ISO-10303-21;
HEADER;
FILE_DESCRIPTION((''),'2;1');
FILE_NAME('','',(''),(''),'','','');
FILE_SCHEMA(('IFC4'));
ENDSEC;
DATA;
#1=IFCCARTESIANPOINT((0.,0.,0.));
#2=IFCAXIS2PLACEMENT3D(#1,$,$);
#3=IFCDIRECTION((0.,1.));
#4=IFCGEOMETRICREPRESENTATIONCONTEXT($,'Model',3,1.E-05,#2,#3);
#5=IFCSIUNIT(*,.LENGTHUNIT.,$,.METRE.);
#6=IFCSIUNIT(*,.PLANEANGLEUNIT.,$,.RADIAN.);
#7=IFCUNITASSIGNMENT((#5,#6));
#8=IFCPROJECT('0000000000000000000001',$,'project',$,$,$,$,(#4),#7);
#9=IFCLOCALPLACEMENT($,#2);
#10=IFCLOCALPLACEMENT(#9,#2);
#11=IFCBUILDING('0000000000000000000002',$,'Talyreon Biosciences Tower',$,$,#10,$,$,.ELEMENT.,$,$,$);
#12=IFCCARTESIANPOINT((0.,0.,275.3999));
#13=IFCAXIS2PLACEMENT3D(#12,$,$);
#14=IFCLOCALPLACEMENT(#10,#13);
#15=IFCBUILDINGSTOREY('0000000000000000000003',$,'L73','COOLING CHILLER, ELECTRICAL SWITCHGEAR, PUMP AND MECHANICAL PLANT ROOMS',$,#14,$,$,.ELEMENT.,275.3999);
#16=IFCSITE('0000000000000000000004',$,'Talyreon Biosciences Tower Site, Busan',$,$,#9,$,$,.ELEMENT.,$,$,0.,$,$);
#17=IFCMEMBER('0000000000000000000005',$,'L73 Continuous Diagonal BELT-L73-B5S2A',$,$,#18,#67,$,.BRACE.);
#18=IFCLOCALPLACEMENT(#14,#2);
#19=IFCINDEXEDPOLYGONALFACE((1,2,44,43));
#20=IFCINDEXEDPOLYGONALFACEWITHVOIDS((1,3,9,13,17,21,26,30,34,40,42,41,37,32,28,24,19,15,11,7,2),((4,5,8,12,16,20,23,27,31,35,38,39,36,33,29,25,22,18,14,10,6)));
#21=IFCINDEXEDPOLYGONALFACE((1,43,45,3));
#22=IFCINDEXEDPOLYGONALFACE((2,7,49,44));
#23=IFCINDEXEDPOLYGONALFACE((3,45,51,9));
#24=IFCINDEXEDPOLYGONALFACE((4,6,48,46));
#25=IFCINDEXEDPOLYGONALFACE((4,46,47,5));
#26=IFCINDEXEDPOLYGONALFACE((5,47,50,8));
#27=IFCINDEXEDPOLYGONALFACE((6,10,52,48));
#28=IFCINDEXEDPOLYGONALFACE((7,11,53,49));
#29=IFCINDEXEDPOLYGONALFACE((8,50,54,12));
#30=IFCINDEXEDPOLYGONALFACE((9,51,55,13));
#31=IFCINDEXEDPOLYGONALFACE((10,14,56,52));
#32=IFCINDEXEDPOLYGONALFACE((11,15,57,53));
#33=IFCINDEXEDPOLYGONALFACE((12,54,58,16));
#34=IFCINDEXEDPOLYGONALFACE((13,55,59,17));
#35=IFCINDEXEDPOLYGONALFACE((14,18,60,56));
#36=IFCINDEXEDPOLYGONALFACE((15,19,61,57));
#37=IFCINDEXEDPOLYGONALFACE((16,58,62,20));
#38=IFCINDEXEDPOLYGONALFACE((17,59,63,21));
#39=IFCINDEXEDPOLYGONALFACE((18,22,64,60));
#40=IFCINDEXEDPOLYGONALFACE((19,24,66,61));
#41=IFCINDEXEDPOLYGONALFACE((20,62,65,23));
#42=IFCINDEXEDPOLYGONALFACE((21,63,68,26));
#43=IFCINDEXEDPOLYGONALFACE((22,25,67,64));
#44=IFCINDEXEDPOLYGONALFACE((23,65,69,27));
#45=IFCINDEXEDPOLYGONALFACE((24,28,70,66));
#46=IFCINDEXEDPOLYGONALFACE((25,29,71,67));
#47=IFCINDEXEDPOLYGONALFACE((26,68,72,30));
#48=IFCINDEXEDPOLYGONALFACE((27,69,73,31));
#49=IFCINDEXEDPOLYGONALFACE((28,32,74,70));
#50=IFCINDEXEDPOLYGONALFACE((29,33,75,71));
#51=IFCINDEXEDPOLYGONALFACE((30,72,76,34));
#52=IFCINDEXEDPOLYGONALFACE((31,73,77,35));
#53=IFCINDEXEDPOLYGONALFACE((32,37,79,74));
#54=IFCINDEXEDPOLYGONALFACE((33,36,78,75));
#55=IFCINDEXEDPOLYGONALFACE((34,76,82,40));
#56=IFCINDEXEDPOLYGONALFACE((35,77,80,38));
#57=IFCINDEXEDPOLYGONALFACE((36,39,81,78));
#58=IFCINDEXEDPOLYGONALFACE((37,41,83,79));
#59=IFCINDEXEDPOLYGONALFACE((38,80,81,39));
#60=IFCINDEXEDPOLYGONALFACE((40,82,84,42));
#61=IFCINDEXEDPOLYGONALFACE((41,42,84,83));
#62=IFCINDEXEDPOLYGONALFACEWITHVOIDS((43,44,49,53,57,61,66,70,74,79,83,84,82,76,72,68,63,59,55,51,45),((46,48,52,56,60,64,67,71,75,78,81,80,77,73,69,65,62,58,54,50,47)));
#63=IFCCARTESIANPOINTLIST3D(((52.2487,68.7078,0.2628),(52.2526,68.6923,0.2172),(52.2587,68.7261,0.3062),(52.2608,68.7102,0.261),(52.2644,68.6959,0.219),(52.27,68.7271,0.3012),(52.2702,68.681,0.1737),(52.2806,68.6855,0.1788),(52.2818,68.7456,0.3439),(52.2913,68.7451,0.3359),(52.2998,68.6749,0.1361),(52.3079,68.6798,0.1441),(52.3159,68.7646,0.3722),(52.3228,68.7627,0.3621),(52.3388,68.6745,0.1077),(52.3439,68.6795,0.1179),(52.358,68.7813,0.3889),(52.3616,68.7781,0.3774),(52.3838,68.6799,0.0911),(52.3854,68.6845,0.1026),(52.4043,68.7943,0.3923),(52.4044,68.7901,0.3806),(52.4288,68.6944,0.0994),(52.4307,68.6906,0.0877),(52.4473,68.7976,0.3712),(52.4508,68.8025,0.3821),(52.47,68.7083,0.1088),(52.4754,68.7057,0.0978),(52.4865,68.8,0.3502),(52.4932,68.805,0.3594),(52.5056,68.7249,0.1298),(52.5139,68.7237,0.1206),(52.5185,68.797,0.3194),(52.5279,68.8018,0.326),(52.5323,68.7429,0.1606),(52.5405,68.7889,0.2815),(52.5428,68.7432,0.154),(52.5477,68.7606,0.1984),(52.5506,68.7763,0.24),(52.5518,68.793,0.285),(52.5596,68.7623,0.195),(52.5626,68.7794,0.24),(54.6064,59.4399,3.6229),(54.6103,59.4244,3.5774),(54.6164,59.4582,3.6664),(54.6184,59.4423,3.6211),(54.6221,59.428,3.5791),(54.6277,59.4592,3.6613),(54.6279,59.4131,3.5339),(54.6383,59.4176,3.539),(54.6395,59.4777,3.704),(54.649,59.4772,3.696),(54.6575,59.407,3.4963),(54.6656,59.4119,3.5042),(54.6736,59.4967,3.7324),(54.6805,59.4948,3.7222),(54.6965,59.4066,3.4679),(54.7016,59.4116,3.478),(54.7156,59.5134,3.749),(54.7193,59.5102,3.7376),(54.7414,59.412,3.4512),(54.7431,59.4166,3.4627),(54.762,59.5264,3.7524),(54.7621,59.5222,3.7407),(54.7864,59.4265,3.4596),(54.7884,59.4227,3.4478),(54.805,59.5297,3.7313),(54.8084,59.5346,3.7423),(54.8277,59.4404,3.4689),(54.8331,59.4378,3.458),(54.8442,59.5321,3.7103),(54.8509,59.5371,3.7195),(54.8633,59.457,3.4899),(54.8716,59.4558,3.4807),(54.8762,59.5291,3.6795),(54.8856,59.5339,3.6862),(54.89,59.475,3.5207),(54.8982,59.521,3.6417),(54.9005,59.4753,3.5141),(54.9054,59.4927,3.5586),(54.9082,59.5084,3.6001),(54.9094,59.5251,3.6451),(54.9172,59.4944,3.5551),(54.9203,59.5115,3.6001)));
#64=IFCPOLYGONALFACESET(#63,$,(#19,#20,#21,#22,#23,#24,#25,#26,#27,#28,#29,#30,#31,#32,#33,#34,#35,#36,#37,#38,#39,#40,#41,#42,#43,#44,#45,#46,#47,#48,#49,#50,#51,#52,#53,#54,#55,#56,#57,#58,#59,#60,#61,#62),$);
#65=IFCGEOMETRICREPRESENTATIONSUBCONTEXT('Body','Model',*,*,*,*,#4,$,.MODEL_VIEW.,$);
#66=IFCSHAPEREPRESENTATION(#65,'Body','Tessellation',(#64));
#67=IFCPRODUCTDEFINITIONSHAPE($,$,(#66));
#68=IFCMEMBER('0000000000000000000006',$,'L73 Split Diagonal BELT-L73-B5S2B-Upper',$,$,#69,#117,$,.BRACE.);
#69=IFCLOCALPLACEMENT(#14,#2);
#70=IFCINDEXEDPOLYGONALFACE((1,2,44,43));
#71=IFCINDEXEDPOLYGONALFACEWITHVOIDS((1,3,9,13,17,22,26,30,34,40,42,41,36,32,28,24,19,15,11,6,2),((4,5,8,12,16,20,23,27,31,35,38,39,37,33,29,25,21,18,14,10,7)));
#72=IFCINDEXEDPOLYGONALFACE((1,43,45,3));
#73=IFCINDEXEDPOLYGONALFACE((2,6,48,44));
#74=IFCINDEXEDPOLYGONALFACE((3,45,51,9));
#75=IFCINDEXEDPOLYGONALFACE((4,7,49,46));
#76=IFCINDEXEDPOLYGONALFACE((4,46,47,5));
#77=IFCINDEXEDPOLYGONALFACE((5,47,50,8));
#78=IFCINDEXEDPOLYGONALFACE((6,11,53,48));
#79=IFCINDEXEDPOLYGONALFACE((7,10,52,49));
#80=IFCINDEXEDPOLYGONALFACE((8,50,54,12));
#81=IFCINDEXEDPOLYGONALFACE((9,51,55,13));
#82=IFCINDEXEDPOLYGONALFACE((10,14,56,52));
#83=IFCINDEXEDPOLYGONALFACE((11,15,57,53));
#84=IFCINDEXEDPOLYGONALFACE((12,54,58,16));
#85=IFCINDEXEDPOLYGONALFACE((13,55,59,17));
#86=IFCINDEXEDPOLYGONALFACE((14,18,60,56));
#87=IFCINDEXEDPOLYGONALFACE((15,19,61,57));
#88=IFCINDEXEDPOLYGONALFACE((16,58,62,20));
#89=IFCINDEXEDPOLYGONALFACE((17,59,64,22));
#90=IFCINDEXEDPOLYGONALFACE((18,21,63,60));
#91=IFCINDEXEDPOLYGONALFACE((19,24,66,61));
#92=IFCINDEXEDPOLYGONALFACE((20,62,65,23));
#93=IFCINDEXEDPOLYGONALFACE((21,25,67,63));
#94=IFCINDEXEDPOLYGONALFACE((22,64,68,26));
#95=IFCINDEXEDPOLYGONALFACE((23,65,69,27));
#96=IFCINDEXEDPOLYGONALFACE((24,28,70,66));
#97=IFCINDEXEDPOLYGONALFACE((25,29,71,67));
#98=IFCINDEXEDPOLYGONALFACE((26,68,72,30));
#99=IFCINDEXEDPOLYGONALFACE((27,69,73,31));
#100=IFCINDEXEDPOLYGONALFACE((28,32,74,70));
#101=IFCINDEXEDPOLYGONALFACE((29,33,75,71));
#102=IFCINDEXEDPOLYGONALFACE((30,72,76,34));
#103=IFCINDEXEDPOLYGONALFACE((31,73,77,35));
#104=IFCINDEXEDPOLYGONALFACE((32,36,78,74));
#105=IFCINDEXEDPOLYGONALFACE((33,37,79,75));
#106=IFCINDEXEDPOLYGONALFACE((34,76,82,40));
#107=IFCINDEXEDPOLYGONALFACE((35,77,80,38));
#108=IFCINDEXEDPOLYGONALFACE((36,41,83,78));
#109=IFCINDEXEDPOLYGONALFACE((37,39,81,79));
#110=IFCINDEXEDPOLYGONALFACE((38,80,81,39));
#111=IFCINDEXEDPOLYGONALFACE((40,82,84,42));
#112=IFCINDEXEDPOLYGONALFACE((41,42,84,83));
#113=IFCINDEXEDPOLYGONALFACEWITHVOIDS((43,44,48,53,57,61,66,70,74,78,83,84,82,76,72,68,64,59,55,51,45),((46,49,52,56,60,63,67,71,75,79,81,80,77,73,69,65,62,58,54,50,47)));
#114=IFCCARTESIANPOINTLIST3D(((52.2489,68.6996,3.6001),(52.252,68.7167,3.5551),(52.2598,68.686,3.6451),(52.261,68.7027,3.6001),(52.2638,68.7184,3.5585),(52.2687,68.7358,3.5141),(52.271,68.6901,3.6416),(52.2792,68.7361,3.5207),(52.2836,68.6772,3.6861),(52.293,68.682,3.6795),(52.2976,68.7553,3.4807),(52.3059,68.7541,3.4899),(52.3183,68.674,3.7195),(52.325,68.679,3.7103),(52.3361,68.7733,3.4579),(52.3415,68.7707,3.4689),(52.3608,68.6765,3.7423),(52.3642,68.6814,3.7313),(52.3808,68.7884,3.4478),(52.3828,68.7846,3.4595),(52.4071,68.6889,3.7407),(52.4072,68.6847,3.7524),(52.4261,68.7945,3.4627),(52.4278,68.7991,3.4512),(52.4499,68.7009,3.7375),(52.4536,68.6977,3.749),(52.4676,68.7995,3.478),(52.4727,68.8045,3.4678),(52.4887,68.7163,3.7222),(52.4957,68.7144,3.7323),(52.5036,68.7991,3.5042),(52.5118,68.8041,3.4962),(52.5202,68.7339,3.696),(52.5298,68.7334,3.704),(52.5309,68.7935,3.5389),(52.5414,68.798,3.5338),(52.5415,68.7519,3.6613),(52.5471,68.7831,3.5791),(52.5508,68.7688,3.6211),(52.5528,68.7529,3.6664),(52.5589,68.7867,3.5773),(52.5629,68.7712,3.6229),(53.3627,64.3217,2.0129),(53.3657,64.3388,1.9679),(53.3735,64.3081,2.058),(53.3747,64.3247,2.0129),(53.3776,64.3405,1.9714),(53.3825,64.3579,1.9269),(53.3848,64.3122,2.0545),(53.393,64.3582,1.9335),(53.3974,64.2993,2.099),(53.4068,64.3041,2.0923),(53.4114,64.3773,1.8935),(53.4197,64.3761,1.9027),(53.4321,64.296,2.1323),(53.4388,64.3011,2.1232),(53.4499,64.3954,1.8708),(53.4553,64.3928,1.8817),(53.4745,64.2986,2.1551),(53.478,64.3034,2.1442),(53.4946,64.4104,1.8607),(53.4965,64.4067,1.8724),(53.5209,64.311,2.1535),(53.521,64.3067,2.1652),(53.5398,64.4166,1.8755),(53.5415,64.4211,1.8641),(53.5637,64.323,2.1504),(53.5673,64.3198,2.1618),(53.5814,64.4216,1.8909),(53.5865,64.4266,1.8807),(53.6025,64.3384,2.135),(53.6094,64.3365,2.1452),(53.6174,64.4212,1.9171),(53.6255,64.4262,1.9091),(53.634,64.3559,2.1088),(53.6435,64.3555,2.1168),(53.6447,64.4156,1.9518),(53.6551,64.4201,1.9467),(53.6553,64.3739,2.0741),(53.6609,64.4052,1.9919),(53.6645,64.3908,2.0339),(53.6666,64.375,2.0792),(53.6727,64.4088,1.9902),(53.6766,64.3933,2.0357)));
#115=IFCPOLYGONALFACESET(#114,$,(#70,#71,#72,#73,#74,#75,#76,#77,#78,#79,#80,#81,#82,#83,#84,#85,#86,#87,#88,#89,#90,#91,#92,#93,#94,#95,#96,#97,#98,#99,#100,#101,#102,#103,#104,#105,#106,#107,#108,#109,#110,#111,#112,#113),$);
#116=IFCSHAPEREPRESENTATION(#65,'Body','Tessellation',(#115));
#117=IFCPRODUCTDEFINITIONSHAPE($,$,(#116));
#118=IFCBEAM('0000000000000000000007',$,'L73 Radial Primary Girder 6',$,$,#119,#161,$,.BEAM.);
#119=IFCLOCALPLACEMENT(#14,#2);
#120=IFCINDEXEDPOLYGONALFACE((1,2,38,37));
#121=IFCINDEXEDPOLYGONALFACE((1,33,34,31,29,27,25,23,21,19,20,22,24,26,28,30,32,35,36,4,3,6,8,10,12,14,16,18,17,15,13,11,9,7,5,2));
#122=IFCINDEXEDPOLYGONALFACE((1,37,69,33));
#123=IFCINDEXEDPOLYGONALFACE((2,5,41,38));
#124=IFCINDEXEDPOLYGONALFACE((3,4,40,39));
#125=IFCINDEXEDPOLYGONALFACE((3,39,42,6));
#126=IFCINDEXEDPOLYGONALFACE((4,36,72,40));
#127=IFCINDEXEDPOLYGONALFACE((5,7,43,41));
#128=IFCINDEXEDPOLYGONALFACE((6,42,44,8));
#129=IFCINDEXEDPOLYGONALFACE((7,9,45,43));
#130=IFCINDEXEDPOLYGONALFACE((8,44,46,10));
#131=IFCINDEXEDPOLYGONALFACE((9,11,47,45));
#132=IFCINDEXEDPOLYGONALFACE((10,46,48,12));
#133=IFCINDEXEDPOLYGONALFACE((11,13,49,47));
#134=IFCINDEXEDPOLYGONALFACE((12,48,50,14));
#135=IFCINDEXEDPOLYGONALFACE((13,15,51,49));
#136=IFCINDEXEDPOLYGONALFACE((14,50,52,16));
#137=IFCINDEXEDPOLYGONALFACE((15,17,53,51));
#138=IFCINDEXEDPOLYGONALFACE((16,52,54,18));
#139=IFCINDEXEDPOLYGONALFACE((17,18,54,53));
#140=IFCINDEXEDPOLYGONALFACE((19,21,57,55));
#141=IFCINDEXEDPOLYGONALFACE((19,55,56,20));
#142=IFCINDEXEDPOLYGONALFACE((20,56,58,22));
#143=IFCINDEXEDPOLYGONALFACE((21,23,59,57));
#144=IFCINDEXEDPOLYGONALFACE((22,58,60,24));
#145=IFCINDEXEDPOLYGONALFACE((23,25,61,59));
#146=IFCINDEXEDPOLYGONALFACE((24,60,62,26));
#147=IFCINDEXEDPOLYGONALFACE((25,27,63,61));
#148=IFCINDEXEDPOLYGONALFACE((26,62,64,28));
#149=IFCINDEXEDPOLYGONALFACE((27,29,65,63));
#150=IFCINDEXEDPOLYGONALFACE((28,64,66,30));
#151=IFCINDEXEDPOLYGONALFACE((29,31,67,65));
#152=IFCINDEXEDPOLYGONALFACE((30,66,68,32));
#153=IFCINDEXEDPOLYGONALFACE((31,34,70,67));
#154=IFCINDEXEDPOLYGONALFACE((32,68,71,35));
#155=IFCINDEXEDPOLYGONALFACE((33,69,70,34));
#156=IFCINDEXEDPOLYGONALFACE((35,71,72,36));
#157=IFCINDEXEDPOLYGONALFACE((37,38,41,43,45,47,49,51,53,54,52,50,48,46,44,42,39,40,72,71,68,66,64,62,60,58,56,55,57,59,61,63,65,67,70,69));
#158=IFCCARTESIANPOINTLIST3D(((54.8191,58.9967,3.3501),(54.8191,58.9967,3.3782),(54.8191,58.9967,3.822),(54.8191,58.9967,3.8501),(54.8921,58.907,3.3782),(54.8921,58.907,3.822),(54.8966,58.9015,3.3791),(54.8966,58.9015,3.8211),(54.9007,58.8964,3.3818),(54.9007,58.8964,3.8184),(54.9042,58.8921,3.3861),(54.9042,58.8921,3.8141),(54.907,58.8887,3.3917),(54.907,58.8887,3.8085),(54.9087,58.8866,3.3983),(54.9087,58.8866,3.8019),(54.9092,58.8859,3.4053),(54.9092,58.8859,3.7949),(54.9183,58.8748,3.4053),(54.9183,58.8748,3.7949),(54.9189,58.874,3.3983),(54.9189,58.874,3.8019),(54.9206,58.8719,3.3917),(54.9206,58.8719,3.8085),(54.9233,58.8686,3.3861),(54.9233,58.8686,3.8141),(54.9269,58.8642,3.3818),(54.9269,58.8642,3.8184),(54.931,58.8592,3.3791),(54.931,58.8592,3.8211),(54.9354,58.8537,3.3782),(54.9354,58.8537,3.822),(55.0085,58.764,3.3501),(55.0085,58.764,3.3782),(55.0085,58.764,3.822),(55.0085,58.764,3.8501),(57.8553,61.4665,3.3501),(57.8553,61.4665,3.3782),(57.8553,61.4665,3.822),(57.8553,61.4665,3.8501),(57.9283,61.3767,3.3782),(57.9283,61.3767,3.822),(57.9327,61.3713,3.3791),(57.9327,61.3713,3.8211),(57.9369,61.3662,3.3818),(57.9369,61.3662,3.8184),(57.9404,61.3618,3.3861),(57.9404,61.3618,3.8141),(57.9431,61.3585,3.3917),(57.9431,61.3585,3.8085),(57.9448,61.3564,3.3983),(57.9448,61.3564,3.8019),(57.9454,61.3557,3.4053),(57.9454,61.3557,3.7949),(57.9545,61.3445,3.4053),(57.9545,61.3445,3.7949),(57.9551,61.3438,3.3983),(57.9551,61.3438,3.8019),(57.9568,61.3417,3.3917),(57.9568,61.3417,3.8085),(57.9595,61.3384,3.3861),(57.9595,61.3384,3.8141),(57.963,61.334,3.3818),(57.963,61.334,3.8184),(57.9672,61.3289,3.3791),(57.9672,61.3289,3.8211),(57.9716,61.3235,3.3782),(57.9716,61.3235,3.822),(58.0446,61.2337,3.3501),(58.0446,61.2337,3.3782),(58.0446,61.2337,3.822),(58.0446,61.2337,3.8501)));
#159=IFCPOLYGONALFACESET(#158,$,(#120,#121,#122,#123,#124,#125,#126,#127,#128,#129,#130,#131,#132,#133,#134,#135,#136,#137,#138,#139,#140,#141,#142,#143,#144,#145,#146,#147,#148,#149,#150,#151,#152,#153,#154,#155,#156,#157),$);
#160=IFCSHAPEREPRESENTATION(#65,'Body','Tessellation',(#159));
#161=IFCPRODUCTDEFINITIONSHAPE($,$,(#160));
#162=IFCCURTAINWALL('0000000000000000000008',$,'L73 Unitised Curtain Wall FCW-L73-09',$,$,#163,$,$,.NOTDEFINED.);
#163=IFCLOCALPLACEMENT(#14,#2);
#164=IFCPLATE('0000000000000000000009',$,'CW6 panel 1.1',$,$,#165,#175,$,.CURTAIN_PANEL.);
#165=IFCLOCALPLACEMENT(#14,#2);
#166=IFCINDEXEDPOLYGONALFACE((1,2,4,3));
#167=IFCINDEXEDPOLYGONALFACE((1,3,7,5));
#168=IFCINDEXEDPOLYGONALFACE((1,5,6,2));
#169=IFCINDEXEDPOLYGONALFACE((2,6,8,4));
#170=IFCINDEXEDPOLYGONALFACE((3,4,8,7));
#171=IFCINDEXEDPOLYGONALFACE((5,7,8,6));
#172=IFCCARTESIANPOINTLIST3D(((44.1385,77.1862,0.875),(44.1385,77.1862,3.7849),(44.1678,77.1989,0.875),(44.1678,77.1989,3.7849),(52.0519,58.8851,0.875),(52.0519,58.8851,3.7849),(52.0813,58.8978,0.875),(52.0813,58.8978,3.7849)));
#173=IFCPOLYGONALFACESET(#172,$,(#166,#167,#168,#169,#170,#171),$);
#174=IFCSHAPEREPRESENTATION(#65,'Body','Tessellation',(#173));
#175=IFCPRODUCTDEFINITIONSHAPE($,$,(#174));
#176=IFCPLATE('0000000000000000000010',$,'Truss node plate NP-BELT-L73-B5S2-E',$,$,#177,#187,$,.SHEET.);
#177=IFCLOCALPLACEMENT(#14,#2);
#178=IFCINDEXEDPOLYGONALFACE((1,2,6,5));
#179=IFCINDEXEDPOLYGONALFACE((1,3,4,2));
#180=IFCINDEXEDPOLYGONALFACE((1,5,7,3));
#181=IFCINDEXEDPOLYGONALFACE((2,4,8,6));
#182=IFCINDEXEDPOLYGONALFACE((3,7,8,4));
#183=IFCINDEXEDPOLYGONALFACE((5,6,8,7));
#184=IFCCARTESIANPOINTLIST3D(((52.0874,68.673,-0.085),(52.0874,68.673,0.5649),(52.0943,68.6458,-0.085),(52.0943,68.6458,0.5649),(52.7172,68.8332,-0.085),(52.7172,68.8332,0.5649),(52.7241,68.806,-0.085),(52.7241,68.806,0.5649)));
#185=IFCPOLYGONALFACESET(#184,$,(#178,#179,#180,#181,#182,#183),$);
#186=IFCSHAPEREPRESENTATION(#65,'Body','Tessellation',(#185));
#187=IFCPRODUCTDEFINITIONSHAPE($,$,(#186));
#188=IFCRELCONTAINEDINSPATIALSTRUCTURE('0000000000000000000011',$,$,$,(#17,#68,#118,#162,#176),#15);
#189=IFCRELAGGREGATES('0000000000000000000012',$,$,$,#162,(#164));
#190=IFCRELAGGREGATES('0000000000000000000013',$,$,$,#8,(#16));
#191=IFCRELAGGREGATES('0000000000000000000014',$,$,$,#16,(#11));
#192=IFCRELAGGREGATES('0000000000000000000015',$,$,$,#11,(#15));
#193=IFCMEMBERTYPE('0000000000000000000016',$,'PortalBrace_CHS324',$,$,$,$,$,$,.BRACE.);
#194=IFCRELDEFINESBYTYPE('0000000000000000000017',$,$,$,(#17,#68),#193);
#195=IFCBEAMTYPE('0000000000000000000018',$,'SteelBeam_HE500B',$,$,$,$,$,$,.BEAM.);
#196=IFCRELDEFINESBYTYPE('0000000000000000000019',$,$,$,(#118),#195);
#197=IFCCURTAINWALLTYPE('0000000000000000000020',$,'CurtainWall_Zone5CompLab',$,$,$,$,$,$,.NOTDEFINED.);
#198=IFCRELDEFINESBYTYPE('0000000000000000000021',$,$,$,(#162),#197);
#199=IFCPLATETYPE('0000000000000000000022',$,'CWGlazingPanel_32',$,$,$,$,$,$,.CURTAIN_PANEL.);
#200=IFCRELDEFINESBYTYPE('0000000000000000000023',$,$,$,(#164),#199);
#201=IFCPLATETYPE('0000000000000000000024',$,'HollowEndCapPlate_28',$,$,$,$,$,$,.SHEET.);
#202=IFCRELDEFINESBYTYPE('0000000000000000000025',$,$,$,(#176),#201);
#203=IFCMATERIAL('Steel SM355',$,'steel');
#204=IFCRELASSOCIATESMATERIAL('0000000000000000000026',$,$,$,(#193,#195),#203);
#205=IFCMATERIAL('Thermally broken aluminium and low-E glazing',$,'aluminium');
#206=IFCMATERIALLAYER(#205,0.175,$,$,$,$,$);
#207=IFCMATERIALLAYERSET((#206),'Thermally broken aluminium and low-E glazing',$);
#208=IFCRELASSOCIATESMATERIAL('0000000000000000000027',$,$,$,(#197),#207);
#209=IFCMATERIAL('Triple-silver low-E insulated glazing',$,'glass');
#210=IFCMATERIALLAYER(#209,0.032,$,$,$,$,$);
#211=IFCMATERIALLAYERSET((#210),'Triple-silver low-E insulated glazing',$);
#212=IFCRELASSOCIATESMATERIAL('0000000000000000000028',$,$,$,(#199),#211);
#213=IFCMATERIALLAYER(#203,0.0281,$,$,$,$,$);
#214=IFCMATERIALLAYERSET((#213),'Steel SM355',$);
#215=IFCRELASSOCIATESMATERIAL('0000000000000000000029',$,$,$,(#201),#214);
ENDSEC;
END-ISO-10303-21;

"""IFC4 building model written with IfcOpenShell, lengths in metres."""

from ifc_helpers import new_model, si_unit, direction, frame, origin, origin_2d, place, context, subcontext, project, spatial, rectangle, hollow_circle, i_section, extrude, material, layer, layer_set, material_profile, profile_set, type_object, element, aggregate, save


model = new_model("IFC4")

# Units and contexts
model_context = context("Model", 3, precision=1e-05, world=origin(), true_north=direction((0.0, 1.0)))
body_context = subcontext(model_context, "Body", "Model", "MODEL_VIEW")
ifc_project = project(units=[si_unit("LENGTHUNIT", "METRE"), si_unit("PLANEANGLEUNIT", "RADIAN")], contexts=[model_context])

# Site, building, storey
site_placement = place(None, origin())
site = spatial("IfcSite", under=ifc_project, at=site_placement, Name="Talyreon Biosciences Tower Site, Busan", CompositionType="ELEMENT", RefElevation=0.0)
building_placement = place(site_placement, origin())
building = spatial("IfcBuilding", under=site, at=building_placement, Name="Talyreon Biosciences Tower", CompositionType="ELEMENT")
storey_placement = place(building_placement, frame((0.0, 0.0, 275.3999)))
storey = spatial("IfcBuildingStorey", under=building, at=storey_placement, Name="L73", Description="COOLING CHILLER, ELECTRICAL SWITCHGEAR, PUMP AND MECHANICAL PLANT ROOMS", CompositionType="ELEMENT", Elevation=275.3999)

# Shared definitions
ifc_material_1 = material(Name="Steel SM355", Category="steel")

# Members
ifc_material_profile_1 = material_profile(ifc_material_1, hollow_circle(Radius=0.1619, WallThickness=0.0125, at=origin_2d()), Name="CHS 323.9x12.5")
ifc_profile_set_1 = profile_set([ifc_material_profile_1], Name="Steel SM355")
member_type_1 = type_object("IfcMemberType", Name="PortalBrace_CHS324", PredefinedType="BRACE", material=ifc_profile_set_1)
member_1_placement = place(storey_placement, frame((52.4058, 68.7395, 0.24), z_axis=(0.2326, -0.914334, 0.331498), x_axis=(0.969133, 0.24654, 0.0)))
element("IfcMember", 1, at=member_1_placement, inside=storey, type_object=member_type_1, Name="L73 Continuous Diagonal BELT-L73-B5S2A", PredefinedType="BRACE", context=body_context, shape_type="SweptSolid", body=[
    extrude(hollow_circle(Radius=0.1619, WallThickness=0.0125, at=origin_2d()), origin(), (0.0, 0.0, 1.0), 10.1362),
])
member_2_placement = place(storey_placement, frame((53.5195, 64.3616, 2.0129), z_axis=(-0.232612, 0.914337, 0.33148), x_axis=(-0.96913, -0.246552, 0.0)))
element("IfcMember", 2, at=member_2_placement, inside=storey, type_object=member_type_1, Name="L73 Split Diagonal BELT-L73-B5S2B-Upper", PredefinedType="BRACE", context=body_context, shape_type="SweptSolid", body=[
    extrude(hollow_circle(Radius=0.1619, WallThickness=0.0125, at=origin_2d()), origin(), (0.0, 0.0, 1.0), 4.7881),
])

# Beam
ifc_material_profile_2 = material_profile(ifc_material_1, i_section(OverallWidth=0.3, OverallDepth=0.5, WebThickness=0.0144, FlangeThickness=0.0281, FilletRadius=0.0271, at=origin_2d()), Name="HE500B")
ifc_profile_set_2 = profile_set([ifc_material_profile_2], Name="Steel SM355")
beam_type_1 = type_object("IfcBeamType", Name="SteelBeam_HE500B", PredefinedType="BEAM", material=ifc_profile_set_2)
beam_1_placement = place(storey_placement, frame((57.95, 61.3501, 3.6001), z_axis=(-0.775755, -0.631034, 0.0), x_axis=(0.631034, -0.775755, 0.0)))
element("IfcBeam", 3, at=beam_1_placement, inside=storey, type_object=beam_type_1, Name="L73 Radial Primary Girder 6", PredefinedType="BEAM", context=body_context, shape_type="SweptSolid", body=[
    extrude(i_section(OverallWidth=0.3, OverallDepth=0.5, WebThickness=0.0144, FlangeThickness=0.0281, FilletRadius=0.0271, at=origin_2d()), origin(), (0.0, 0.0, 1.0), 3.9138),
])

# Curtain wall, plate
ifc_material_2 = material(Name="Thermally broken aluminium and low-E glazing", Category="aluminium")
ifc_layer_1 = layer(ifc_material_2, 0.175)
ifc_layer_set_1 = layer_set([ifc_layer_1], Name="Thermally broken aluminium and low-E glazing")
curtain_wall_type = type_object("IfcCurtainWallType", Name="CurtainWall_Zone5CompLab", PredefinedType="NOTDEFINED", material=ifc_layer_set_1)
curtain_wall_placement = place(storey_placement, origin())
curtain_wall = element("IfcCurtainWall", 4, at=curtain_wall_placement, inside=storey, type_object=curtain_wall_type, Name="L73 Unitised Curtain Wall FCW-L73-09", PredefinedType="NOTDEFINED")
ifc_material_3 = material(Name="Triple-silver low-E insulated glazing", Category="glass")
ifc_layer_2 = layer(ifc_material_3, 0.032)
ifc_layer_set_2 = layer_set([ifc_layer_2], Name="Triple-silver low-E insulated glazing")
plate_type_1 = type_object("IfcPlateType", Name="CWGlazingPanel_32", PredefinedType="CURTAIN_PANEL", material=ifc_layer_set_2)
plate_1_placement = place(storey_placement, frame((48.1099, 68.042, 0.875), z_axis=(0.0, 0.0, 1.0), x_axis=(-0.396889, 0.917867, 0.0)))
plate_1 = element("IfcPlate", 5, at=plate_1_placement, type_object=plate_type_1, Name="CW6 panel 1.1", PredefinedType="CURTAIN_PANEL", context=body_context, shape_type="SweptSolid", body=[
    extrude(rectangle(XDim=19.9387, YDim=0.032, at=origin_2d()), origin(), (0.0, 0.0, 1.0), 2.9099),
])
aggregate(curtain_wall, [plate_1])

# Plate
ifc_layer_3 = layer(ifc_material_1, 0.0281)
ifc_layer_set_3 = layer_set([ifc_layer_3], Name="Steel SM355")
plate_type_2 = type_object("IfcPlateType", Name="HollowEndCapPlate_28", PredefinedType="SHEET", material=ifc_layer_set_3)
plate_2_placement = place(storey_placement, frame((52.4058, 68.7395, -0.085), z_axis=(0.0, 0.0, 1.0), x_axis=(0.969132, 0.246542, 0.0)))
element("IfcPlate", 6, at=plate_2_placement, inside=storey, type_object=plate_type_2, Name="Truss node plate NP-BELT-L73-B5S2-E", PredefinedType="SHEET", context=body_context, shape_type="SweptSolid", body=[
    extrude(rectangle(XDim=0.6499, YDim=0.0281, at=origin_2d()), origin(), (0.0, 0.0, 1.0), 0.6499),
])

save(model, "model.ifc")
